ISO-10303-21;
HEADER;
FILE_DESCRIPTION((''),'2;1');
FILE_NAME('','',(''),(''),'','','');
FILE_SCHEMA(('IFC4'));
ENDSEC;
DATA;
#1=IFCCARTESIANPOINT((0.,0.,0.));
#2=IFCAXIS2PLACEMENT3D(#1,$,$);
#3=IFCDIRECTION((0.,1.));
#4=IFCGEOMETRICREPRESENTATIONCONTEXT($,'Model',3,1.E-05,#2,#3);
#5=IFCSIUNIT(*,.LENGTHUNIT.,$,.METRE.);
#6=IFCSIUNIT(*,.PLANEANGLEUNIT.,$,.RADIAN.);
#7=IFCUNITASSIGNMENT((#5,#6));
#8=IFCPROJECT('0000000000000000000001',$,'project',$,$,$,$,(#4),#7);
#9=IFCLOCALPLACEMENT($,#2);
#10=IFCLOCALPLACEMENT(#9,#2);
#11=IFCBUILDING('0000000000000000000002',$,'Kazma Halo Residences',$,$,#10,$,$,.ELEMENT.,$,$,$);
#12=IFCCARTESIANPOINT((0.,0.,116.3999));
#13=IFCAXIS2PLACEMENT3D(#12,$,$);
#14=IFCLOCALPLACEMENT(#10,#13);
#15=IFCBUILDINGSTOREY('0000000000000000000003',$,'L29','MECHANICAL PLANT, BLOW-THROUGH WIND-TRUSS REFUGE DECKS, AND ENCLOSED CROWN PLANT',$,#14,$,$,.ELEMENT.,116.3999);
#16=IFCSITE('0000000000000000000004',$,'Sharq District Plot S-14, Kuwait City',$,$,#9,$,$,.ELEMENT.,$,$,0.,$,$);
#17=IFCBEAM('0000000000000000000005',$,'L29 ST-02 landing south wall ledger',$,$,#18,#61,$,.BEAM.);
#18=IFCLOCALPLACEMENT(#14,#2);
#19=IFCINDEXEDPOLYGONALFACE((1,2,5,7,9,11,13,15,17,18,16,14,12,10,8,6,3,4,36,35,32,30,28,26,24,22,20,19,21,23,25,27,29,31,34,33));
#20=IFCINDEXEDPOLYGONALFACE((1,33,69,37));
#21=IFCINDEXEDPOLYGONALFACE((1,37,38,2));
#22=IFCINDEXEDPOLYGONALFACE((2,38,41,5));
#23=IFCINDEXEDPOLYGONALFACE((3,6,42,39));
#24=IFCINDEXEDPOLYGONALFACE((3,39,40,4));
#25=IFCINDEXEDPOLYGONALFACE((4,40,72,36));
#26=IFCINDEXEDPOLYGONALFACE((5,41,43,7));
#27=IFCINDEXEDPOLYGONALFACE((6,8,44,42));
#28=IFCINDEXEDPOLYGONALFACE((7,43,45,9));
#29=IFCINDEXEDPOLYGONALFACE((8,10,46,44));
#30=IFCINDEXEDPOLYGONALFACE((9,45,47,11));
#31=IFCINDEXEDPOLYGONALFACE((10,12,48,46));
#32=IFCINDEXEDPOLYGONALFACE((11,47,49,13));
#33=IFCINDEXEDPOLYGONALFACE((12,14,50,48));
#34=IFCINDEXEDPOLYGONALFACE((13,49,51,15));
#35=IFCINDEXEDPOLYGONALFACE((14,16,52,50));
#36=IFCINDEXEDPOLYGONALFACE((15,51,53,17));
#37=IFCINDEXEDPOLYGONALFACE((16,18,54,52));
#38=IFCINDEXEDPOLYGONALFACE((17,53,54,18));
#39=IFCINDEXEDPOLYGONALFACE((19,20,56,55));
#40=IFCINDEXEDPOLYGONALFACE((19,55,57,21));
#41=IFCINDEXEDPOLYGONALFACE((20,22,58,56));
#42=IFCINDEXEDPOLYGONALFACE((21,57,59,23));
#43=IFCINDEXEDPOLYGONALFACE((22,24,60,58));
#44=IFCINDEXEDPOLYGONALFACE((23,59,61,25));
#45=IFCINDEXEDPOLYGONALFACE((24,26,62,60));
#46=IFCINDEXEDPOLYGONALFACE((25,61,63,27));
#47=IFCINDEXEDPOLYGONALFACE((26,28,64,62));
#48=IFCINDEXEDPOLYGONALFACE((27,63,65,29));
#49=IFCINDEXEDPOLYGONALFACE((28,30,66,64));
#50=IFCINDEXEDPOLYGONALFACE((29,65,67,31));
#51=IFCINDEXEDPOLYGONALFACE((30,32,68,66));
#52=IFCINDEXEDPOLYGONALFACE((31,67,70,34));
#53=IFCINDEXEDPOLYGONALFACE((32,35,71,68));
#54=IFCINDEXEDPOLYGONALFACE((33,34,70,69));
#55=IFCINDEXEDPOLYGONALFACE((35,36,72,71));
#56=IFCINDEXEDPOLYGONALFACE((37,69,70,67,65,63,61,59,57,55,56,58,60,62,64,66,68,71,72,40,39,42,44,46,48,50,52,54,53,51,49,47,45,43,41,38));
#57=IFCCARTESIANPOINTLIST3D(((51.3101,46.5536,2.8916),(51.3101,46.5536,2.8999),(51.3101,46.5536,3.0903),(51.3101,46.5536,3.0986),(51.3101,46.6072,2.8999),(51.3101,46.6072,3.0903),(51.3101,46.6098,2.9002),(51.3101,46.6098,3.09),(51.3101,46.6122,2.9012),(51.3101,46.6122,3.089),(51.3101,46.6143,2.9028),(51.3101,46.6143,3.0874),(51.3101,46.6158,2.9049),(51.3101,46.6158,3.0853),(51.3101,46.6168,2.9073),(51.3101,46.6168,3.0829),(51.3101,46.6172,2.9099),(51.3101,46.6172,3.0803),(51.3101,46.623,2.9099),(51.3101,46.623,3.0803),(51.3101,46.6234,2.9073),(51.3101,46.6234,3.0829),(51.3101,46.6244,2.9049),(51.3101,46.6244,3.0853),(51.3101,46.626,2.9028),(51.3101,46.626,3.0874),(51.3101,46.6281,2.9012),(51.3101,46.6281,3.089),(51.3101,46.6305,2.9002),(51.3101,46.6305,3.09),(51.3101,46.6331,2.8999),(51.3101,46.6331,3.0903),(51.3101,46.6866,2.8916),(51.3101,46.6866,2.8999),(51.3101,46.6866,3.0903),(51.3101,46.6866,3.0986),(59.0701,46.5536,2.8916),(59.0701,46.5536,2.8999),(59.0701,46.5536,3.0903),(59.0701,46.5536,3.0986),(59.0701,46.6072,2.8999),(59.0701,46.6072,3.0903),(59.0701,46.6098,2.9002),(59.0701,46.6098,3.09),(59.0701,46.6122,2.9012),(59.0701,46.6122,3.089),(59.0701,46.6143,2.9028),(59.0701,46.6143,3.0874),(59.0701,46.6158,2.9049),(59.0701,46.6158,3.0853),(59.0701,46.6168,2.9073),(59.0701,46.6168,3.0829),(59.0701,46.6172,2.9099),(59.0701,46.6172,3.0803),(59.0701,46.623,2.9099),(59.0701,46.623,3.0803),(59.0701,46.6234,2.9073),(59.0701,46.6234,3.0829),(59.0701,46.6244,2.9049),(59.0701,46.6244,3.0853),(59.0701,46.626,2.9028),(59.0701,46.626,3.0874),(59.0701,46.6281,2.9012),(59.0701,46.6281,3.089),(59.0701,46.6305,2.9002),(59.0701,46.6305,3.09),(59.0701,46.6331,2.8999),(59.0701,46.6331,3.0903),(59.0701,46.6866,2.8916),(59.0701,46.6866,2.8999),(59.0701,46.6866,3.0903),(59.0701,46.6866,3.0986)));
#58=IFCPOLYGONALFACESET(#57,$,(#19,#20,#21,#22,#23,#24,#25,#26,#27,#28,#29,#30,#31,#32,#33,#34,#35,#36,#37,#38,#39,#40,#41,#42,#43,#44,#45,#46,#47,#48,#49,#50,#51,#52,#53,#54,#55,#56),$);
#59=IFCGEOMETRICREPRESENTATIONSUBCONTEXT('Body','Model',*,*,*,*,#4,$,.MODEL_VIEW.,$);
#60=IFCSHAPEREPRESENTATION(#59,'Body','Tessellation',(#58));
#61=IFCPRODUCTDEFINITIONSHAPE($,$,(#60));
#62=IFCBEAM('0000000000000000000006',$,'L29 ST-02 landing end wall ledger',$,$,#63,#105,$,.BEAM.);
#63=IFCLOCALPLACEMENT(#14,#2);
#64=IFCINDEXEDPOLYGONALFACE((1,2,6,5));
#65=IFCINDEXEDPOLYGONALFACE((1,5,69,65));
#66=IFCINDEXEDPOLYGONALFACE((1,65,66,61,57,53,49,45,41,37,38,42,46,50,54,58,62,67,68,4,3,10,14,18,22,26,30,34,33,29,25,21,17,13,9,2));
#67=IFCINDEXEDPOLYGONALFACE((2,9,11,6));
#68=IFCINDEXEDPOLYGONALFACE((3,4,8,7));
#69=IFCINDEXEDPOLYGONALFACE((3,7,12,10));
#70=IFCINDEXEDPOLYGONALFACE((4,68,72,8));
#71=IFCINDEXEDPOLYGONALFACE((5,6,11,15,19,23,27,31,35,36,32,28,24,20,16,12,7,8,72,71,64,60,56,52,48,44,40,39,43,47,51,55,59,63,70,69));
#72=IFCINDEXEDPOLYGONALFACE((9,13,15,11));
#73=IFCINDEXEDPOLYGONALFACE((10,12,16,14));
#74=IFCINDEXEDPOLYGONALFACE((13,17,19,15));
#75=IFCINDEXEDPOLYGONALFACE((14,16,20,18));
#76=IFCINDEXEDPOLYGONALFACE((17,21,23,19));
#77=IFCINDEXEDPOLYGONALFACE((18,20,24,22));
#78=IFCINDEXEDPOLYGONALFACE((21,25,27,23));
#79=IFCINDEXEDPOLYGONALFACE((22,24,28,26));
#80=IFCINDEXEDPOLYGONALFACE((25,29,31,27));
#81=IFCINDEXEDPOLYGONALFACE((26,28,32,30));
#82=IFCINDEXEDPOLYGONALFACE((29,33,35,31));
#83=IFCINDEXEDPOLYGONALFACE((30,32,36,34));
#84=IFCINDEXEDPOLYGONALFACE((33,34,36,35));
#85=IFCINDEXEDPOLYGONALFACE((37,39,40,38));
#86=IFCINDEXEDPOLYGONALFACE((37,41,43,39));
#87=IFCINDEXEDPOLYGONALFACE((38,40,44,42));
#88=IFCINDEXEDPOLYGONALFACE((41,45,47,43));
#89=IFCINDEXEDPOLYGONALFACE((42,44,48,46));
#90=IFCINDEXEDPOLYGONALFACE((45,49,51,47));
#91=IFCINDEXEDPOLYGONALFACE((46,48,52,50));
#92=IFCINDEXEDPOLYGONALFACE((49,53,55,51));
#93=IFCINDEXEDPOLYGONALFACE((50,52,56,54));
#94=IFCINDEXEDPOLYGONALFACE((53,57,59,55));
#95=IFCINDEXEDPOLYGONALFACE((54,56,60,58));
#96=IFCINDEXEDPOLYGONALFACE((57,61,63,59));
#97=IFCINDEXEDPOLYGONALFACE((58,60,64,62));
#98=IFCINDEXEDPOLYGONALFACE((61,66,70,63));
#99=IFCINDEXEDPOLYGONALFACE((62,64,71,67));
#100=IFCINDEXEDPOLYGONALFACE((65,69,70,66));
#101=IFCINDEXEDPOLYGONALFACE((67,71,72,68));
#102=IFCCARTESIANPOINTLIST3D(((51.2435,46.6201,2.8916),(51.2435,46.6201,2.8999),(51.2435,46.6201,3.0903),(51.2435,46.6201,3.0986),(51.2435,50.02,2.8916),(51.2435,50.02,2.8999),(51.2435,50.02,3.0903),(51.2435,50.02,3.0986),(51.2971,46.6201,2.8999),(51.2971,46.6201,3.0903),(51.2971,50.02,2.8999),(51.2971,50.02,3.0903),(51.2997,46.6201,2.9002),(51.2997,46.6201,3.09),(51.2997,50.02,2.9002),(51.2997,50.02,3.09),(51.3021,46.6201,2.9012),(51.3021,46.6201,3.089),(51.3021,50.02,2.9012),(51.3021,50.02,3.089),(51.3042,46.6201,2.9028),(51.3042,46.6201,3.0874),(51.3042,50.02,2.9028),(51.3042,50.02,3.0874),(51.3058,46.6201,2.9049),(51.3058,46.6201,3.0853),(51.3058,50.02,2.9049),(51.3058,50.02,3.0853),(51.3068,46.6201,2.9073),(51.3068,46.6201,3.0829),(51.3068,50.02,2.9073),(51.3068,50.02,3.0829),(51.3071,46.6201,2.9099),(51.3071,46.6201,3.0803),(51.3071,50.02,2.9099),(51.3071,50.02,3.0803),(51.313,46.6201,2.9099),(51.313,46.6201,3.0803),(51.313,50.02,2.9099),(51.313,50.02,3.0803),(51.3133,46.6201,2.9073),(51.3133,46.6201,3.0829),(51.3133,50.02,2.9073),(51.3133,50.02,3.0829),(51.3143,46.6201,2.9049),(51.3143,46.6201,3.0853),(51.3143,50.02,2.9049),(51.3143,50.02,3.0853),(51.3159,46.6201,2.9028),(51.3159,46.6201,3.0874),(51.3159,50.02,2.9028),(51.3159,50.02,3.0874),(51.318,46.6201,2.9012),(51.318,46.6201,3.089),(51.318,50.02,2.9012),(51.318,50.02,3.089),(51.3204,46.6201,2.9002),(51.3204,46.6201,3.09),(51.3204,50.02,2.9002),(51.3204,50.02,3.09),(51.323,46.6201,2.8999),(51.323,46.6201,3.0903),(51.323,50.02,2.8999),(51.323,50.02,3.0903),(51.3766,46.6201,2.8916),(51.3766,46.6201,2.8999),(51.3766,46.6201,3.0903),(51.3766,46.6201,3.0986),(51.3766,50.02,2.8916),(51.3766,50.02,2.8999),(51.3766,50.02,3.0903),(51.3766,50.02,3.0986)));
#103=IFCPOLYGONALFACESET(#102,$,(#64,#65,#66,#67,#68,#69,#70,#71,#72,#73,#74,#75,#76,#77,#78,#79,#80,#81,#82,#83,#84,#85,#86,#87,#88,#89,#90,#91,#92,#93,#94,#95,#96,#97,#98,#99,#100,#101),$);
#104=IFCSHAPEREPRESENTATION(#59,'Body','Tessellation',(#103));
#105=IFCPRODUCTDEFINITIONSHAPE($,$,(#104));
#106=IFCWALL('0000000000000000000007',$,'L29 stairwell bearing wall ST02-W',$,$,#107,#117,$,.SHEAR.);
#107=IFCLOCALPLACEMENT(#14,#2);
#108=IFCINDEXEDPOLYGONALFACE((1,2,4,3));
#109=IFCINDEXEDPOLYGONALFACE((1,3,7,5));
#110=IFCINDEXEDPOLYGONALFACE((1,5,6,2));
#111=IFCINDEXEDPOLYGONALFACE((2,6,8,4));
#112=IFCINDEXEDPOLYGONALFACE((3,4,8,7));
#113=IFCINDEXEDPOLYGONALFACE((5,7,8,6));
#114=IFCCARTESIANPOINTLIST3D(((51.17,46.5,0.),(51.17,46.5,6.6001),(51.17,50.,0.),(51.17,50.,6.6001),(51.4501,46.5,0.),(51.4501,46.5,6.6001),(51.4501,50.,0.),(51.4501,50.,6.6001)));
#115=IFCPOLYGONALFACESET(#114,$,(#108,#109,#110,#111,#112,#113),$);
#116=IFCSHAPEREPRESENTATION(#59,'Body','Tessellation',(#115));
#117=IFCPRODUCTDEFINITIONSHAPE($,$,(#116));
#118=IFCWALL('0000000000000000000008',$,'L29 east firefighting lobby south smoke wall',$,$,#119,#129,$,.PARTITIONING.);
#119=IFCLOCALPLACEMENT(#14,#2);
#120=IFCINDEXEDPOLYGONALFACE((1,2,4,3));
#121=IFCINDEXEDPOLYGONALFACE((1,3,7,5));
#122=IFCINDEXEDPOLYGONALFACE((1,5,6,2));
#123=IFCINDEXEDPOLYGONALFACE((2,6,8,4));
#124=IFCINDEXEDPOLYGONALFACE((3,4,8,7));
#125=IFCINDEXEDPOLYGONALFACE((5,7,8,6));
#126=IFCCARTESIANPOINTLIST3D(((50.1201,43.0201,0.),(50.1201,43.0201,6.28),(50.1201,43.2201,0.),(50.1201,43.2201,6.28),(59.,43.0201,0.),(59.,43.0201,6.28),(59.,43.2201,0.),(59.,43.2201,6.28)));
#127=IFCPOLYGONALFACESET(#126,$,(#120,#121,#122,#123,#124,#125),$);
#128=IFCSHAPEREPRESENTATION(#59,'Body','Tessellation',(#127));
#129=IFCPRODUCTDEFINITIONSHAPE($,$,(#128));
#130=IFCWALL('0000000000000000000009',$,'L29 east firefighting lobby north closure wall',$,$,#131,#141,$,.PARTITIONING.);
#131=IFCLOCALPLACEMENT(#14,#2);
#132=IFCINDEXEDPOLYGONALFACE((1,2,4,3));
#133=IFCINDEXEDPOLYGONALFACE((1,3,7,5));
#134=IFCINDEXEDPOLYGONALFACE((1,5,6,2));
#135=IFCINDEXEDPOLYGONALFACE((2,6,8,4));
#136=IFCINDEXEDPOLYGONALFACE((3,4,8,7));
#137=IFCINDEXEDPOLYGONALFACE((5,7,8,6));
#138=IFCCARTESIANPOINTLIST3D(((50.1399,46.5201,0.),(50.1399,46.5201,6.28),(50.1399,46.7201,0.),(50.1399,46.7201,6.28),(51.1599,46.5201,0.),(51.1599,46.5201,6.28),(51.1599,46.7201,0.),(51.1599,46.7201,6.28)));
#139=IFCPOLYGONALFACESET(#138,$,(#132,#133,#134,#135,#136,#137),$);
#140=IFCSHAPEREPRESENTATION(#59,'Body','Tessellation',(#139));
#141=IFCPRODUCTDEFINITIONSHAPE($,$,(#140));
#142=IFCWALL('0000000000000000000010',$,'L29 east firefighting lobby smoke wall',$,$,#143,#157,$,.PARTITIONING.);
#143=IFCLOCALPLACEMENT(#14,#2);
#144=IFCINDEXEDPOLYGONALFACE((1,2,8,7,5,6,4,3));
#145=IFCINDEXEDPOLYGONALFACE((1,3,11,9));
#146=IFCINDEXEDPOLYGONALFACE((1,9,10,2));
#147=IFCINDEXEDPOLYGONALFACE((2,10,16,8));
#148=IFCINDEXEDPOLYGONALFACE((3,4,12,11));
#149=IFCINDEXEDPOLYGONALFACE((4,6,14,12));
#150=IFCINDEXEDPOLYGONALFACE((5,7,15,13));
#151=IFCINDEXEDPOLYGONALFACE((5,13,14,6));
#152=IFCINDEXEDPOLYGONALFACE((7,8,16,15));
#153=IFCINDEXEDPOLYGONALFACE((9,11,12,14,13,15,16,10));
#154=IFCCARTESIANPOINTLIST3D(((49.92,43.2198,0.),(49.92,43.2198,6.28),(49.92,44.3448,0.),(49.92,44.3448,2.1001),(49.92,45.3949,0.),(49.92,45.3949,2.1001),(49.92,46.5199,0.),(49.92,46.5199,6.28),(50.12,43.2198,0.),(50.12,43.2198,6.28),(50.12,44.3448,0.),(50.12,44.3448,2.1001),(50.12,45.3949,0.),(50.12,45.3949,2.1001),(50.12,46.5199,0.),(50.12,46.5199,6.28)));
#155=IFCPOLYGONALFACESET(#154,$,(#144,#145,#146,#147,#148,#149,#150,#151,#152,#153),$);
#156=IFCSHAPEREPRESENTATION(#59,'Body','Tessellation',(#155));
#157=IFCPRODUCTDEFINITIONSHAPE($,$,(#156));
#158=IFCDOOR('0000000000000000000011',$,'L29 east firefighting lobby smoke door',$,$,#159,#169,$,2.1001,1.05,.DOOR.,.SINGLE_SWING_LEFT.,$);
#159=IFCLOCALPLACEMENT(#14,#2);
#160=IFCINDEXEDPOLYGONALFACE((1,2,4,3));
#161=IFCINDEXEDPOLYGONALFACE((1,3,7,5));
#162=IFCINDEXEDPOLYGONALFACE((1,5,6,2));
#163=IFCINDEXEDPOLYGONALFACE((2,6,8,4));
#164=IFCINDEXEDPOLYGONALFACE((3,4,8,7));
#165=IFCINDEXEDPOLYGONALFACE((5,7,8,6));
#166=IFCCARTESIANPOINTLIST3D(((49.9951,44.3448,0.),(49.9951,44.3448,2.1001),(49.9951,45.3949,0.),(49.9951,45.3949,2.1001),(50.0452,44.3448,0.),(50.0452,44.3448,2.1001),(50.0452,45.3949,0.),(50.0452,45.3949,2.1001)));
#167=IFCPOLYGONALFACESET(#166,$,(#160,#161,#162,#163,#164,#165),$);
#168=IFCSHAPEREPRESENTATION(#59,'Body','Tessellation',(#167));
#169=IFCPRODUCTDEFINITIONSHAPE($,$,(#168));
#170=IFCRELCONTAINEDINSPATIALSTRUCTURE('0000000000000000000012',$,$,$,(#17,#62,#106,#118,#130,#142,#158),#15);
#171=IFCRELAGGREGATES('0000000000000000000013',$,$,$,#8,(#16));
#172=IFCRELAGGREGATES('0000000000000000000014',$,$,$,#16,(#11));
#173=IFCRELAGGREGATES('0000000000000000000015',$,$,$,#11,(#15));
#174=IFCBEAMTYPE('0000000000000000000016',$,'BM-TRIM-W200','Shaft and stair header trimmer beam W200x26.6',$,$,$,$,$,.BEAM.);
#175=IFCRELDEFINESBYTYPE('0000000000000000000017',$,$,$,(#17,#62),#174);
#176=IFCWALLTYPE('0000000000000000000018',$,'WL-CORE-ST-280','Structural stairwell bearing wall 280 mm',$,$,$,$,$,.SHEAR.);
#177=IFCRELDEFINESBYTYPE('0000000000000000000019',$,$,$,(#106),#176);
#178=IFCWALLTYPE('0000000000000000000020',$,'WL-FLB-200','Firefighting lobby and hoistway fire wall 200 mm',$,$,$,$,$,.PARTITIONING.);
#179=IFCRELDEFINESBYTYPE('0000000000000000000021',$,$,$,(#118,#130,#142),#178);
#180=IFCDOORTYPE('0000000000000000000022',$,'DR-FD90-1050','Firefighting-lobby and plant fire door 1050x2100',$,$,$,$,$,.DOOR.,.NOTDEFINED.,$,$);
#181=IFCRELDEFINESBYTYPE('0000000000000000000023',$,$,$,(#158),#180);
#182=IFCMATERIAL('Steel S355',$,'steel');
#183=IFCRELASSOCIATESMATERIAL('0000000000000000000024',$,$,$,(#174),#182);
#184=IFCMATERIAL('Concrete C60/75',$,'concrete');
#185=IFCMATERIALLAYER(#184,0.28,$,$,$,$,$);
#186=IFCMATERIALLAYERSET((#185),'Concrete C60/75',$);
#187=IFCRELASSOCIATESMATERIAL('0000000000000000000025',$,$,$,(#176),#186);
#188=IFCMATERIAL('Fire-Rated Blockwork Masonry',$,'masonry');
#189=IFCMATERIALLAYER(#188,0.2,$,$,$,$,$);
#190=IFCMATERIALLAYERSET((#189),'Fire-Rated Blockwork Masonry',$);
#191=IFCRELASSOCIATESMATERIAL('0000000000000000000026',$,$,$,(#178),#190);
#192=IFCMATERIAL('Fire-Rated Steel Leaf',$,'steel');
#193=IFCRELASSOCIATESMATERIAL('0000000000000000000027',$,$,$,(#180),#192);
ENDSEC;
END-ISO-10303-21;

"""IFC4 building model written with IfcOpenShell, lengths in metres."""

from ifc_helpers import new_model, si_unit, direction, frame, frame_2d, origin, origin_2d, place, context, subcontext, project, spatial, rectangle, i_section, extrude, material, layer, layer_set, material_profile, profile_set, type_object, element, fill, save


model = new_model("IFC4")

# Units and contexts
model_context = context("Model", 3, precision=1e-05, world=origin(), true_north=direction((0.0, 1.0)))
body_context = subcontext(model_context, "Body", "Model", "MODEL_VIEW")
ifc_project = project(units=[si_unit("LENGTHUNIT", "METRE"), si_unit("PLANEANGLEUNIT", "RADIAN")], contexts=[model_context])

# Site, building, storey
site_placement = place(None, origin())
site = spatial("IfcSite", under=ifc_project, at=site_placement, Name="Sharq District Plot S-14, Kuwait City", CompositionType="ELEMENT", RefElevation=0.0)
building_placement = place(site_placement, origin())
building = spatial("IfcBuilding", under=site, at=building_placement, Name="Kazma Halo Residences", CompositionType="ELEMENT")
storey_placement = place(building_placement, frame((0.0, 0.0, 116.3999)))
storey = spatial("IfcBuildingStorey", under=building, at=storey_placement, Name="L29", Description="MECHANICAL PLANT, BLOW-THROUGH WIND-TRUSS REFUGE DECKS, AND ENCLOSED CROWN PLANT", CompositionType="ELEMENT", Elevation=116.3999)

# Shared definitions
ifc_material_1 = material(Name="Steel S355", Category="steel")

# Beams
ifc_material_profile_1 = material_profile(ifc_material_1, i_section(OverallWidth=0.1331, OverallDepth=0.207, WebThickness=0.0059, FlangeThickness=0.0083, FilletRadius=0.01, at=origin_2d()), Name="W200x26.6")
ifc_profile_set_1 = profile_set([ifc_material_profile_1], Name="Steel S355")
beam_type = type_object("IfcBeamType", Name="BM-TRIM-W200", Description="Shaft and stair header trimmer beam W200x26.6", PredefinedType="BEAM", material=ifc_profile_set_1)
beam_1_placement = place(storey_placement, frame((51.3101, 46.6201, 2.9951), z_axis=(1.0, 0.0, 0.0), x_axis=(0.0, 1.0, 0.0)))
element("IfcBeam", 1, at=beam_1_placement, inside=storey, type_object=beam_type, Name="L29 ST-02 landing south wall ledger", PredefinedType="BEAM", context=body_context, shape_type="SweptSolid", body=[
    extrude(i_section(OverallWidth=0.1331, OverallDepth=0.207, WebThickness=0.0059, FlangeThickness=0.0083, FilletRadius=0.01, at=origin_2d()), origin(), (0.0, 0.0, 1.0), 7.76),
])
beam_2_placement = place(storey_placement, frame((51.3101, 46.6201, 2.9951), z_axis=(0.0, 1.0, 0.0), x_axis=(-1.0, 0.0, 0.0)))
element("IfcBeam", 2, at=beam_2_placement, inside=storey, type_object=beam_type, Name="L29 ST-02 landing end wall ledger", PredefinedType="BEAM", context=body_context, shape_type="SweptSolid", body=[
    extrude(i_section(OverallWidth=0.1331, OverallDepth=0.207, WebThickness=0.0059, FlangeThickness=0.0083, FilletRadius=0.01, at=origin_2d()), origin(), (0.0, 0.0, 1.0), 3.3999),
])

# Walls
ifc_material_2 = material(Name="Concrete C60/75", Category="concrete")
ifc_layer_1 = layer(ifc_material_2, 0.28)
ifc_layer_set_1 = layer_set([ifc_layer_1], Name="Concrete C60/75")
wall_type_1 = type_object("IfcWallType", Name="WL-CORE-ST-280", Description="Structural stairwell bearing wall 280 mm", PredefinedType="SHEAR", material=ifc_layer_set_1)
wall_1_placement = place(storey_placement, frame((51.3101, 46.5, 0.0), z_axis=(0.0, 0.0, 1.0), x_axis=(0.0, 1.0, 0.0)))
element("IfcWall", 3, at=wall_1_placement, inside=storey, type_object=wall_type_1, Name="L29 stairwell bearing wall ST02-W", PredefinedType="SHEAR", context=body_context, shape_type="SweptSolid", body=[
    extrude(rectangle(XDim=3.5, YDim=0.28, at=frame_2d((1.75, 0.0))), origin(), (0.0, 0.0, 1.0), 6.6001),
])
ifc_material_3 = material(Name="Fire-Rated Blockwork Masonry", Category="masonry")
ifc_layer_2 = layer(ifc_material_3, 0.2)
ifc_layer_set_2 = layer_set([ifc_layer_2], Name="Fire-Rated Blockwork Masonry")
wall_type_2 = type_object("IfcWallType", Name="WL-FLB-200", Description="Firefighting lobby and hoistway fire wall 200 mm", PredefinedType="PARTITIONING", material=ifc_layer_set_2)
wall_2_placement = place(storey_placement, frame((50.1201, 43.1201, 0.0), z_axis=(0.0, 0.0, 1.0), x_axis=(1.0, 0.0, 0.0)))
element("IfcWall", 4, at=wall_2_placement, inside=storey, type_object=wall_type_2, Name="L29 east firefighting lobby south smoke wall", PredefinedType="PARTITIONING", context=body_context, shape_type="SweptSolid", body=[
    extrude(rectangle(XDim=8.8799, YDim=0.2, at=frame_2d((4.4399, 0.0))), origin(), (0.0, 0.0, 1.0), 6.28),
])
wall_3_placement = place(storey_placement, frame((50.1399, 46.6201, 0.0), z_axis=(0.0, 0.0, 1.0), x_axis=(1.0, 0.0, 0.0)))
element("IfcWall", 5, at=wall_3_placement, inside=storey, type_object=wall_type_2, Name="L29 east firefighting lobby north closure wall", PredefinedType="PARTITIONING", context=body_context, shape_type="SweptSolid", body=[
    extrude(rectangle(XDim=1.02, YDim=0.2, at=frame_2d((0.51, 0.0))), origin(), (0.0, 0.0, 1.0), 6.28),
])

# Wall, opening, door
wall_4_placement = place(storey_placement, frame((50.02, 43.22, 0.0), z_axis=(0.0, 0.0, 1.0), x_axis=(0.0, 1.0, 0.0)))
wall_4 = element("IfcWall", 6, at=wall_4_placement, inside=storey, type_object=wall_type_2, Name="L29 east firefighting lobby smoke wall", PredefinedType="PARTITIONING", context=body_context, shape_type="SweptSolid", body=[
    extrude(rectangle(XDim=3.3, YDim=0.2, at=frame_2d((1.6499, 0.0))), origin(), (0.0, 0.0, 1.0), 6.28),
])
opening_1_placement = place(wall_4_placement, frame((1.125, 0.0, 0.0)))
opening_1 = element("IfcOpeningElement", 7, at=opening_1_placement, cuts=wall_4, PredefinedType="OPENING", context=body_context, shape_type="SweptSolid", body=[
    extrude(rectangle(XDim=1.05, YDim=2.1001, at=frame_2d((0.5249, 1.05))), frame((0.0, 0.1099, 0.0), z_axis=(0.0, -1.0, 0.0), x_axis=(1.0, 0.0, 0.0)), (0.0, 0.0, 1.0), 0.22),
])
ifc_material_4 = material(Name="Fire-Rated Steel Leaf", Category="steel")
door_type_1 = type_object("IfcDoorType", Name="DR-FD90-1050", Description="Firefighting-lobby and plant fire door 1050x2100", OperationType="NOTDEFINED", PredefinedType="DOOR", material=ifc_material_4)
door_1_placement = place(opening_1_placement, origin())
door_1 = element("IfcDoor", 8, at=door_1_placement, inside=storey, type_object=door_type_1, Name="L29 east firefighting lobby smoke door", OperationType="SINGLE_SWING_LEFT", OverallHeight=2.1001, OverallWidth=1.05, PredefinedType="DOOR", context=body_context, shape_type="SweptSolid", body=[
    extrude(rectangle(XDim=1.05, YDim=2.1001, at=frame_2d((0.5249, 1.05))), frame((0.0, 0.0249, 0.0), z_axis=(0.0, -1.0, 0.0), x_axis=(1.0, 0.0, 0.0)), (0.0, 0.0, 1.0), 0.05),
])
fill(opening_1, door_1)

save(model, "model.ifc")
